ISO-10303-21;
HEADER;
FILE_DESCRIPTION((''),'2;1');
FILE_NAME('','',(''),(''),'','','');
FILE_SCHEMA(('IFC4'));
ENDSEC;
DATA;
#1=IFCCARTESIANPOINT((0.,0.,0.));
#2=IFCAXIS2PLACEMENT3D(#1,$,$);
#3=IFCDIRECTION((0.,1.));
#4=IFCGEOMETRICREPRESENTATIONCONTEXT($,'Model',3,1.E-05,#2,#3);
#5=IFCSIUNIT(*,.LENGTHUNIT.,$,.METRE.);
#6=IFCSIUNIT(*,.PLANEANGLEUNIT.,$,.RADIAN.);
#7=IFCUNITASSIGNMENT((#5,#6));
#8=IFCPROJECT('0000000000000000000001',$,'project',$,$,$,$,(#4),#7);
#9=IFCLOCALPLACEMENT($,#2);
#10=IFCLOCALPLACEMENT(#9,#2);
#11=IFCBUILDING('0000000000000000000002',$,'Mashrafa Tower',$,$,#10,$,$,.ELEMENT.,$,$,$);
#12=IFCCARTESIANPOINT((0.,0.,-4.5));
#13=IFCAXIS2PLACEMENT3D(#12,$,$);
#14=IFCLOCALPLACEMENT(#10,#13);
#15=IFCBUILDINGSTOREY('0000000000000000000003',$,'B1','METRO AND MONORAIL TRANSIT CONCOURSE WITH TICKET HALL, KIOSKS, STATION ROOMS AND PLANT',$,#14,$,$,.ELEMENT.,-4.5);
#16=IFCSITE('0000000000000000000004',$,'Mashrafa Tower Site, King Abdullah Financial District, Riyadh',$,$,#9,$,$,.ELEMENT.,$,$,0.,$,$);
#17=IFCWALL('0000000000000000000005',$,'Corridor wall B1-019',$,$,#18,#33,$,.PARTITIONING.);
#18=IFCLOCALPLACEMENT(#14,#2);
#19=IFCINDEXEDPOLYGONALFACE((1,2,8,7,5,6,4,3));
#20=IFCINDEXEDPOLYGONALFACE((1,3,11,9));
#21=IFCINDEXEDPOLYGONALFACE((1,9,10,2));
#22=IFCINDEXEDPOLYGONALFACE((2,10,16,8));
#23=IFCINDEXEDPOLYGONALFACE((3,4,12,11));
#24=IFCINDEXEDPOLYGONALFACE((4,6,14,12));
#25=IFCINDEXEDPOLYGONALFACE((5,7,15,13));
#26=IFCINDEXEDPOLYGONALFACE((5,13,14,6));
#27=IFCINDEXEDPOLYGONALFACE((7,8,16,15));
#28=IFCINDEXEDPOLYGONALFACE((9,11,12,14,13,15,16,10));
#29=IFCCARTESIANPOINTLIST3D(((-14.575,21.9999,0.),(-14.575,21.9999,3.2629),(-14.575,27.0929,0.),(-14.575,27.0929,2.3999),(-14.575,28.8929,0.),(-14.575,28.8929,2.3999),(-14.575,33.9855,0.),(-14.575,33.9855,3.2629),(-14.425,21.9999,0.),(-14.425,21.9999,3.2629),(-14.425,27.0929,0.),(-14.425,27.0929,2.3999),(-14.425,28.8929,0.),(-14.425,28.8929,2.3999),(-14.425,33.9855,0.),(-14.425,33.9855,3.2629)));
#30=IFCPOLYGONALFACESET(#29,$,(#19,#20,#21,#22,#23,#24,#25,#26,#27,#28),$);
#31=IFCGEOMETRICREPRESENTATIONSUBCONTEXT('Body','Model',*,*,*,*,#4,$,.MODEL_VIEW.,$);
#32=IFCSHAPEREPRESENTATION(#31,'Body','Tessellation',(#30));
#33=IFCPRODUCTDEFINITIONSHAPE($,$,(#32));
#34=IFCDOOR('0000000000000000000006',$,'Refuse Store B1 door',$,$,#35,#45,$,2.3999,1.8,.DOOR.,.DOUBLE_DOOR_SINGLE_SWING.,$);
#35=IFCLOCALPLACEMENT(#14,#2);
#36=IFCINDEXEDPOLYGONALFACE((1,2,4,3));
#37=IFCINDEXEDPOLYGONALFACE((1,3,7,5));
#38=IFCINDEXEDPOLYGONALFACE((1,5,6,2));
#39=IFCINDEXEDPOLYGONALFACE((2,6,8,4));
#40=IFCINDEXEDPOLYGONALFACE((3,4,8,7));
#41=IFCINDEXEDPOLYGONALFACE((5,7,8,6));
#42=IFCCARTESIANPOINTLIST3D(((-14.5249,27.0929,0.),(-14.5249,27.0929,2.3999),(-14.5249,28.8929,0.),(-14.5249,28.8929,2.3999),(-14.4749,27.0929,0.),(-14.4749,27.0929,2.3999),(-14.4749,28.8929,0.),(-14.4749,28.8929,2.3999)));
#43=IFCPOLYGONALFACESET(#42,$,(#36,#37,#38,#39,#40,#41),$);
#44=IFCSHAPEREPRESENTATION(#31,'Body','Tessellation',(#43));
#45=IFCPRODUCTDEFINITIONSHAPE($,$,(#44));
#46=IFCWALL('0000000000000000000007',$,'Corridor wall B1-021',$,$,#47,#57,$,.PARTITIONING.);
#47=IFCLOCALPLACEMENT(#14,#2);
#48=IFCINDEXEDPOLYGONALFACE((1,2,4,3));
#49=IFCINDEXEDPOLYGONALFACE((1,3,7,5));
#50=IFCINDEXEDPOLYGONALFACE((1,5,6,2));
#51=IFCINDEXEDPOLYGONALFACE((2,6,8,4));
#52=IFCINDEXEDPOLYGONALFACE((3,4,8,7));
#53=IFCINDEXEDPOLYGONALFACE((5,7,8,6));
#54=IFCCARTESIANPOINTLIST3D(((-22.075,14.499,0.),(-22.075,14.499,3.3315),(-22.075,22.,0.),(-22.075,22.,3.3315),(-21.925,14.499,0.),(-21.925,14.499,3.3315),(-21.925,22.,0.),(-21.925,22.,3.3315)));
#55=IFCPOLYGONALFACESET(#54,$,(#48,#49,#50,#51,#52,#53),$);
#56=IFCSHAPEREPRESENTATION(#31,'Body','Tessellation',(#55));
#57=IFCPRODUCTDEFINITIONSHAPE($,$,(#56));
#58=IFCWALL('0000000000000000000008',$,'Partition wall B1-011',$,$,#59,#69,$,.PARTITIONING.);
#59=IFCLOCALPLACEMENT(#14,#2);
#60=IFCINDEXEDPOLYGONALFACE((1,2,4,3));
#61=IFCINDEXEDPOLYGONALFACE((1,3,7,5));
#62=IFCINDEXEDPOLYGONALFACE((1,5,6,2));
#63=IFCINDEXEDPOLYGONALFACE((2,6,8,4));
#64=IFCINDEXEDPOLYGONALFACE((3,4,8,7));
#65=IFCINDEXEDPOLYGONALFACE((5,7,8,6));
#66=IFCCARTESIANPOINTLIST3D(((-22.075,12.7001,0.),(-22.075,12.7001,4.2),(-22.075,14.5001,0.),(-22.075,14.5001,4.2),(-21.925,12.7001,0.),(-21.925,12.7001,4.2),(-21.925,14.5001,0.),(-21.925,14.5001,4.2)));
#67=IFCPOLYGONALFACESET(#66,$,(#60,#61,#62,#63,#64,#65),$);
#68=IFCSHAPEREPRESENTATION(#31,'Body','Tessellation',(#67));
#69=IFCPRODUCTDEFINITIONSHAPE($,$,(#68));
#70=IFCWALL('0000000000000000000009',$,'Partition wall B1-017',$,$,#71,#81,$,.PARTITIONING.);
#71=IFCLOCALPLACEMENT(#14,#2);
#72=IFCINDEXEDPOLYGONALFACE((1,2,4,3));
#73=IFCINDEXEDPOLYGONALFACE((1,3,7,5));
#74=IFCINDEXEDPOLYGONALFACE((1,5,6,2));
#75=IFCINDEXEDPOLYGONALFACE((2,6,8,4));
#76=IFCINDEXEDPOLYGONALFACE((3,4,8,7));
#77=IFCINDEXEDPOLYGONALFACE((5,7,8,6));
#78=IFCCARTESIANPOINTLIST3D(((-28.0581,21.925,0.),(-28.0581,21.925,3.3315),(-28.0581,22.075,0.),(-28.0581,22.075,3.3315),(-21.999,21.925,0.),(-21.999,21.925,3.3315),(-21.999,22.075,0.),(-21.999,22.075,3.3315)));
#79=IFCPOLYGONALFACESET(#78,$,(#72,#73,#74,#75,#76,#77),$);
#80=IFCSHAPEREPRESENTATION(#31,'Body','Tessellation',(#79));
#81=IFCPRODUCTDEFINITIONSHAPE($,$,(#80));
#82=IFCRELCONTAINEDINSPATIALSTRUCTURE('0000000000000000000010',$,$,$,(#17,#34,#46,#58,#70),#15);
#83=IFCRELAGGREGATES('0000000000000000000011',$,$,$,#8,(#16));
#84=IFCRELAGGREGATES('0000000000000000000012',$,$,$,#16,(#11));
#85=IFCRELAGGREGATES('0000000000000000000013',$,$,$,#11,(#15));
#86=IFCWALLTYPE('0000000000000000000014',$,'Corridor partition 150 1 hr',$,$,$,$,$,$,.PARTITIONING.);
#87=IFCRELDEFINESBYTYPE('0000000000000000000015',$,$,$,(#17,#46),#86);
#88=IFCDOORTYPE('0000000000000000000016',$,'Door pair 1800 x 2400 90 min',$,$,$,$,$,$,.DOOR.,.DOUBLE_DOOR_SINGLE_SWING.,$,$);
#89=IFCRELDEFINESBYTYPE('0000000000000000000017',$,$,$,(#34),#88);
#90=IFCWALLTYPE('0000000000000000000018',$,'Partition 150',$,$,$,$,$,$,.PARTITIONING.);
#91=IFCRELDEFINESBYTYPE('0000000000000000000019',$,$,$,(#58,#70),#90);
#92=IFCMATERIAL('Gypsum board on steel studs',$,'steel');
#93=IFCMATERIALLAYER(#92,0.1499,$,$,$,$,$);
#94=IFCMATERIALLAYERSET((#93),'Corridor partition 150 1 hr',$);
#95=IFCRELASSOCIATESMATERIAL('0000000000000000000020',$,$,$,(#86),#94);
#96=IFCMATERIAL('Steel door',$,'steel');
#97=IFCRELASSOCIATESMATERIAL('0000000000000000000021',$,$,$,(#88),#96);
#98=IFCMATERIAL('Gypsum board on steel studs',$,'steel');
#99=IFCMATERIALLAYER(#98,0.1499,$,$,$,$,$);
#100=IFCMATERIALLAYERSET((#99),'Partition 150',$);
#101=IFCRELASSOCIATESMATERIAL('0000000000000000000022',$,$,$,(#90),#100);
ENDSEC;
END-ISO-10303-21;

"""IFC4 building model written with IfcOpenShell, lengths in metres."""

from ifc_helpers import new_model, si_unit, direction, frame, frame_2d, origin, place, context, subcontext, project, spatial, rectangle, extrude, material, layer, layer_set, type_object, element, fill, save


model = new_model("IFC4")

# Units and contexts
model_context = context("Model", 3, precision=1e-05, world=origin(), true_north=direction((0.0, 1.0)))
body_context = subcontext(model_context, "Body", "Model", "MODEL_VIEW")
ifc_project = project(units=[si_unit("LENGTHUNIT", "METRE"), si_unit("PLANEANGLEUNIT", "RADIAN")], contexts=[model_context])

# Site, building, storey
site_placement = place(None, origin())
site = spatial("IfcSite", under=ifc_project, at=site_placement, Name="Mashrafa Tower Site, King Abdullah Financial District, Riyadh", CompositionType="ELEMENT", RefElevation=0.0)
building_placement = place(site_placement, origin())
building = spatial("IfcBuilding", under=site, at=building_placement, Name="Mashrafa Tower", CompositionType="ELEMENT")
storey_placement = place(building_placement, frame((0.0, 0.0, -4.5)))
storey = spatial("IfcBuildingStorey", under=building, at=storey_placement, Name="B1", Description="METRO AND MONORAIL TRANSIT CONCOURSE WITH TICKET HALL, KIOSKS, STATION ROOMS AND PLANT", CompositionType="ELEMENT", Elevation=-4.5)

# Shared definitions
ifc_material_1 = material(Name="Gypsum board on steel studs", Category="steel")
ifc_layer_1 = layer(ifc_material_1, 0.1499)
ifc_layer_set_1 = layer_set([ifc_layer_1], Name="Corridor partition 150 1 hr")
wall_type_1 = type_object("IfcWallType", Name="Corridor partition 150 1 hr", PredefinedType="PARTITIONING", material=ifc_layer_set_1)

# Wall, opening, door
wall_1_placement = place(storey_placement, frame((-14.5, 22.0, 0.0), z_axis=(0.0, 0.0, 1.0), x_axis=(0.0, 1.0, 0.0)))
wall_1 = element("IfcWall", 1, at=wall_1_placement, inside=storey, type_object=wall_type_1, Name="Corridor wall B1-019", PredefinedType="PARTITIONING", context=body_context, shape_type="SweptSolid", body=[
    extrude(rectangle(XDim=11.9856, YDim=0.1499, at=frame_2d((5.9927, 0.0))), origin(), (0.0, 0.0, 1.0), 3.2629),
])
opening_1_placement = place(wall_1_placement, frame((5.093, 0.0, 0.0)))
opening_1 = element("IfcOpeningElement", 2, at=opening_1_placement, cuts=wall_1, PredefinedType="OPENING", context=body_context, shape_type="SweptSolid", body=[
    extrude(rectangle(XDim=1.8, YDim=2.3999, at=frame_2d((0.8999, 1.2))), frame((0.0, 0.085, 0.0), z_axis=(0.0, -1.0, 0.0), x_axis=(1.0, 0.0, 0.0)), (0.0, 0.0, 1.0), 0.1699),
])
ifc_material_2 = material(Name="Steel door", Category="steel")
door_type_1 = type_object("IfcDoorType", Name="Door pair 1800 x 2400 90 min", OperationType="DOUBLE_DOOR_SINGLE_SWING", PredefinedType="DOOR", material=ifc_material_2)
door_1_placement = place(opening_1_placement, origin())
door_1 = element("IfcDoor", 3, at=door_1_placement, inside=storey, type_object=door_type_1, Name="Refuse Store B1 door", OperationType="DOUBLE_DOOR_SINGLE_SWING", OverallHeight=2.3999, OverallWidth=1.8, PredefinedType="DOOR", context=body_context, shape_type="SweptSolid", body=[
    extrude(rectangle(XDim=1.8, YDim=2.3999, at=frame_2d((0.8999, 1.2))), frame((0.0, 0.0249, 0.0), z_axis=(0.0, -1.0, 0.0), x_axis=(1.0, 0.0, 0.0)), (0.0, 0.0, 1.0), 0.05),
])
fill(opening_1, door_1)

# Walls
wall_2_placement = place(storey_placement, frame((-22.0, 14.499, 0.0), z_axis=(0.0, 0.0, 1.0), x_axis=(0.0, 1.0, 0.0)))
element("IfcWall", 4, at=wall_2_placement, inside=storey, type_object=wall_type_1, Name="Corridor wall B1-021", PredefinedType="PARTITIONING", context=body_context, shape_type="SweptSolid", body=[
    extrude(rectangle(XDim=7.501, YDim=0.1499, at=frame_2d((3.7505, 0.0))), origin(), (0.0, 0.0, 1.0), 3.3315),
])
ifc_material_3 = material(Name="Gypsum board on steel studs", Category="steel")
ifc_layer_2 = layer(ifc_material_3, 0.1499)
ifc_layer_set_2 = layer_set([ifc_layer_2], Name="Partition 150")
wall_type_2 = type_object("IfcWallType", Name="Partition 150", PredefinedType="PARTITIONING", material=ifc_layer_set_2)
wall_3_placement = place(storey_placement, frame((-22.0, 14.5, 0.0), z_axis=(0.0, 0.0, 1.0), x_axis=(0.0, -1.0, 0.0)))
element("IfcWall", 5, at=wall_3_placement, inside=storey, type_object=wall_type_2, Name="Partition wall B1-011", PredefinedType="PARTITIONING", context=body_context, shape_type="SweptSolid", body=[
    extrude(rectangle(XDim=1.8, YDim=0.1499, at=frame_2d((0.8999, 0.0))), origin(), (0.0, 0.0, 1.0), 4.2),
])
wall_4_placement = place(storey_placement, frame((-28.0581, 22.0, 0.0), z_axis=(0.0, 0.0, 1.0), x_axis=(1.0, 0.0, 0.0)))
element("IfcWall", 6, at=wall_4_placement, inside=storey, type_object=wall_type_2, Name="Partition wall B1-017", PredefinedType="PARTITIONING", context=body_context, shape_type="SweptSolid", body=[
    extrude(rectangle(XDim=6.0591, YDim=0.1499, at=frame_2d((3.0295, 0.0))), origin(), (0.0, 0.0, 1.0), 3.3315),
])

save(model, "model.ifc")
